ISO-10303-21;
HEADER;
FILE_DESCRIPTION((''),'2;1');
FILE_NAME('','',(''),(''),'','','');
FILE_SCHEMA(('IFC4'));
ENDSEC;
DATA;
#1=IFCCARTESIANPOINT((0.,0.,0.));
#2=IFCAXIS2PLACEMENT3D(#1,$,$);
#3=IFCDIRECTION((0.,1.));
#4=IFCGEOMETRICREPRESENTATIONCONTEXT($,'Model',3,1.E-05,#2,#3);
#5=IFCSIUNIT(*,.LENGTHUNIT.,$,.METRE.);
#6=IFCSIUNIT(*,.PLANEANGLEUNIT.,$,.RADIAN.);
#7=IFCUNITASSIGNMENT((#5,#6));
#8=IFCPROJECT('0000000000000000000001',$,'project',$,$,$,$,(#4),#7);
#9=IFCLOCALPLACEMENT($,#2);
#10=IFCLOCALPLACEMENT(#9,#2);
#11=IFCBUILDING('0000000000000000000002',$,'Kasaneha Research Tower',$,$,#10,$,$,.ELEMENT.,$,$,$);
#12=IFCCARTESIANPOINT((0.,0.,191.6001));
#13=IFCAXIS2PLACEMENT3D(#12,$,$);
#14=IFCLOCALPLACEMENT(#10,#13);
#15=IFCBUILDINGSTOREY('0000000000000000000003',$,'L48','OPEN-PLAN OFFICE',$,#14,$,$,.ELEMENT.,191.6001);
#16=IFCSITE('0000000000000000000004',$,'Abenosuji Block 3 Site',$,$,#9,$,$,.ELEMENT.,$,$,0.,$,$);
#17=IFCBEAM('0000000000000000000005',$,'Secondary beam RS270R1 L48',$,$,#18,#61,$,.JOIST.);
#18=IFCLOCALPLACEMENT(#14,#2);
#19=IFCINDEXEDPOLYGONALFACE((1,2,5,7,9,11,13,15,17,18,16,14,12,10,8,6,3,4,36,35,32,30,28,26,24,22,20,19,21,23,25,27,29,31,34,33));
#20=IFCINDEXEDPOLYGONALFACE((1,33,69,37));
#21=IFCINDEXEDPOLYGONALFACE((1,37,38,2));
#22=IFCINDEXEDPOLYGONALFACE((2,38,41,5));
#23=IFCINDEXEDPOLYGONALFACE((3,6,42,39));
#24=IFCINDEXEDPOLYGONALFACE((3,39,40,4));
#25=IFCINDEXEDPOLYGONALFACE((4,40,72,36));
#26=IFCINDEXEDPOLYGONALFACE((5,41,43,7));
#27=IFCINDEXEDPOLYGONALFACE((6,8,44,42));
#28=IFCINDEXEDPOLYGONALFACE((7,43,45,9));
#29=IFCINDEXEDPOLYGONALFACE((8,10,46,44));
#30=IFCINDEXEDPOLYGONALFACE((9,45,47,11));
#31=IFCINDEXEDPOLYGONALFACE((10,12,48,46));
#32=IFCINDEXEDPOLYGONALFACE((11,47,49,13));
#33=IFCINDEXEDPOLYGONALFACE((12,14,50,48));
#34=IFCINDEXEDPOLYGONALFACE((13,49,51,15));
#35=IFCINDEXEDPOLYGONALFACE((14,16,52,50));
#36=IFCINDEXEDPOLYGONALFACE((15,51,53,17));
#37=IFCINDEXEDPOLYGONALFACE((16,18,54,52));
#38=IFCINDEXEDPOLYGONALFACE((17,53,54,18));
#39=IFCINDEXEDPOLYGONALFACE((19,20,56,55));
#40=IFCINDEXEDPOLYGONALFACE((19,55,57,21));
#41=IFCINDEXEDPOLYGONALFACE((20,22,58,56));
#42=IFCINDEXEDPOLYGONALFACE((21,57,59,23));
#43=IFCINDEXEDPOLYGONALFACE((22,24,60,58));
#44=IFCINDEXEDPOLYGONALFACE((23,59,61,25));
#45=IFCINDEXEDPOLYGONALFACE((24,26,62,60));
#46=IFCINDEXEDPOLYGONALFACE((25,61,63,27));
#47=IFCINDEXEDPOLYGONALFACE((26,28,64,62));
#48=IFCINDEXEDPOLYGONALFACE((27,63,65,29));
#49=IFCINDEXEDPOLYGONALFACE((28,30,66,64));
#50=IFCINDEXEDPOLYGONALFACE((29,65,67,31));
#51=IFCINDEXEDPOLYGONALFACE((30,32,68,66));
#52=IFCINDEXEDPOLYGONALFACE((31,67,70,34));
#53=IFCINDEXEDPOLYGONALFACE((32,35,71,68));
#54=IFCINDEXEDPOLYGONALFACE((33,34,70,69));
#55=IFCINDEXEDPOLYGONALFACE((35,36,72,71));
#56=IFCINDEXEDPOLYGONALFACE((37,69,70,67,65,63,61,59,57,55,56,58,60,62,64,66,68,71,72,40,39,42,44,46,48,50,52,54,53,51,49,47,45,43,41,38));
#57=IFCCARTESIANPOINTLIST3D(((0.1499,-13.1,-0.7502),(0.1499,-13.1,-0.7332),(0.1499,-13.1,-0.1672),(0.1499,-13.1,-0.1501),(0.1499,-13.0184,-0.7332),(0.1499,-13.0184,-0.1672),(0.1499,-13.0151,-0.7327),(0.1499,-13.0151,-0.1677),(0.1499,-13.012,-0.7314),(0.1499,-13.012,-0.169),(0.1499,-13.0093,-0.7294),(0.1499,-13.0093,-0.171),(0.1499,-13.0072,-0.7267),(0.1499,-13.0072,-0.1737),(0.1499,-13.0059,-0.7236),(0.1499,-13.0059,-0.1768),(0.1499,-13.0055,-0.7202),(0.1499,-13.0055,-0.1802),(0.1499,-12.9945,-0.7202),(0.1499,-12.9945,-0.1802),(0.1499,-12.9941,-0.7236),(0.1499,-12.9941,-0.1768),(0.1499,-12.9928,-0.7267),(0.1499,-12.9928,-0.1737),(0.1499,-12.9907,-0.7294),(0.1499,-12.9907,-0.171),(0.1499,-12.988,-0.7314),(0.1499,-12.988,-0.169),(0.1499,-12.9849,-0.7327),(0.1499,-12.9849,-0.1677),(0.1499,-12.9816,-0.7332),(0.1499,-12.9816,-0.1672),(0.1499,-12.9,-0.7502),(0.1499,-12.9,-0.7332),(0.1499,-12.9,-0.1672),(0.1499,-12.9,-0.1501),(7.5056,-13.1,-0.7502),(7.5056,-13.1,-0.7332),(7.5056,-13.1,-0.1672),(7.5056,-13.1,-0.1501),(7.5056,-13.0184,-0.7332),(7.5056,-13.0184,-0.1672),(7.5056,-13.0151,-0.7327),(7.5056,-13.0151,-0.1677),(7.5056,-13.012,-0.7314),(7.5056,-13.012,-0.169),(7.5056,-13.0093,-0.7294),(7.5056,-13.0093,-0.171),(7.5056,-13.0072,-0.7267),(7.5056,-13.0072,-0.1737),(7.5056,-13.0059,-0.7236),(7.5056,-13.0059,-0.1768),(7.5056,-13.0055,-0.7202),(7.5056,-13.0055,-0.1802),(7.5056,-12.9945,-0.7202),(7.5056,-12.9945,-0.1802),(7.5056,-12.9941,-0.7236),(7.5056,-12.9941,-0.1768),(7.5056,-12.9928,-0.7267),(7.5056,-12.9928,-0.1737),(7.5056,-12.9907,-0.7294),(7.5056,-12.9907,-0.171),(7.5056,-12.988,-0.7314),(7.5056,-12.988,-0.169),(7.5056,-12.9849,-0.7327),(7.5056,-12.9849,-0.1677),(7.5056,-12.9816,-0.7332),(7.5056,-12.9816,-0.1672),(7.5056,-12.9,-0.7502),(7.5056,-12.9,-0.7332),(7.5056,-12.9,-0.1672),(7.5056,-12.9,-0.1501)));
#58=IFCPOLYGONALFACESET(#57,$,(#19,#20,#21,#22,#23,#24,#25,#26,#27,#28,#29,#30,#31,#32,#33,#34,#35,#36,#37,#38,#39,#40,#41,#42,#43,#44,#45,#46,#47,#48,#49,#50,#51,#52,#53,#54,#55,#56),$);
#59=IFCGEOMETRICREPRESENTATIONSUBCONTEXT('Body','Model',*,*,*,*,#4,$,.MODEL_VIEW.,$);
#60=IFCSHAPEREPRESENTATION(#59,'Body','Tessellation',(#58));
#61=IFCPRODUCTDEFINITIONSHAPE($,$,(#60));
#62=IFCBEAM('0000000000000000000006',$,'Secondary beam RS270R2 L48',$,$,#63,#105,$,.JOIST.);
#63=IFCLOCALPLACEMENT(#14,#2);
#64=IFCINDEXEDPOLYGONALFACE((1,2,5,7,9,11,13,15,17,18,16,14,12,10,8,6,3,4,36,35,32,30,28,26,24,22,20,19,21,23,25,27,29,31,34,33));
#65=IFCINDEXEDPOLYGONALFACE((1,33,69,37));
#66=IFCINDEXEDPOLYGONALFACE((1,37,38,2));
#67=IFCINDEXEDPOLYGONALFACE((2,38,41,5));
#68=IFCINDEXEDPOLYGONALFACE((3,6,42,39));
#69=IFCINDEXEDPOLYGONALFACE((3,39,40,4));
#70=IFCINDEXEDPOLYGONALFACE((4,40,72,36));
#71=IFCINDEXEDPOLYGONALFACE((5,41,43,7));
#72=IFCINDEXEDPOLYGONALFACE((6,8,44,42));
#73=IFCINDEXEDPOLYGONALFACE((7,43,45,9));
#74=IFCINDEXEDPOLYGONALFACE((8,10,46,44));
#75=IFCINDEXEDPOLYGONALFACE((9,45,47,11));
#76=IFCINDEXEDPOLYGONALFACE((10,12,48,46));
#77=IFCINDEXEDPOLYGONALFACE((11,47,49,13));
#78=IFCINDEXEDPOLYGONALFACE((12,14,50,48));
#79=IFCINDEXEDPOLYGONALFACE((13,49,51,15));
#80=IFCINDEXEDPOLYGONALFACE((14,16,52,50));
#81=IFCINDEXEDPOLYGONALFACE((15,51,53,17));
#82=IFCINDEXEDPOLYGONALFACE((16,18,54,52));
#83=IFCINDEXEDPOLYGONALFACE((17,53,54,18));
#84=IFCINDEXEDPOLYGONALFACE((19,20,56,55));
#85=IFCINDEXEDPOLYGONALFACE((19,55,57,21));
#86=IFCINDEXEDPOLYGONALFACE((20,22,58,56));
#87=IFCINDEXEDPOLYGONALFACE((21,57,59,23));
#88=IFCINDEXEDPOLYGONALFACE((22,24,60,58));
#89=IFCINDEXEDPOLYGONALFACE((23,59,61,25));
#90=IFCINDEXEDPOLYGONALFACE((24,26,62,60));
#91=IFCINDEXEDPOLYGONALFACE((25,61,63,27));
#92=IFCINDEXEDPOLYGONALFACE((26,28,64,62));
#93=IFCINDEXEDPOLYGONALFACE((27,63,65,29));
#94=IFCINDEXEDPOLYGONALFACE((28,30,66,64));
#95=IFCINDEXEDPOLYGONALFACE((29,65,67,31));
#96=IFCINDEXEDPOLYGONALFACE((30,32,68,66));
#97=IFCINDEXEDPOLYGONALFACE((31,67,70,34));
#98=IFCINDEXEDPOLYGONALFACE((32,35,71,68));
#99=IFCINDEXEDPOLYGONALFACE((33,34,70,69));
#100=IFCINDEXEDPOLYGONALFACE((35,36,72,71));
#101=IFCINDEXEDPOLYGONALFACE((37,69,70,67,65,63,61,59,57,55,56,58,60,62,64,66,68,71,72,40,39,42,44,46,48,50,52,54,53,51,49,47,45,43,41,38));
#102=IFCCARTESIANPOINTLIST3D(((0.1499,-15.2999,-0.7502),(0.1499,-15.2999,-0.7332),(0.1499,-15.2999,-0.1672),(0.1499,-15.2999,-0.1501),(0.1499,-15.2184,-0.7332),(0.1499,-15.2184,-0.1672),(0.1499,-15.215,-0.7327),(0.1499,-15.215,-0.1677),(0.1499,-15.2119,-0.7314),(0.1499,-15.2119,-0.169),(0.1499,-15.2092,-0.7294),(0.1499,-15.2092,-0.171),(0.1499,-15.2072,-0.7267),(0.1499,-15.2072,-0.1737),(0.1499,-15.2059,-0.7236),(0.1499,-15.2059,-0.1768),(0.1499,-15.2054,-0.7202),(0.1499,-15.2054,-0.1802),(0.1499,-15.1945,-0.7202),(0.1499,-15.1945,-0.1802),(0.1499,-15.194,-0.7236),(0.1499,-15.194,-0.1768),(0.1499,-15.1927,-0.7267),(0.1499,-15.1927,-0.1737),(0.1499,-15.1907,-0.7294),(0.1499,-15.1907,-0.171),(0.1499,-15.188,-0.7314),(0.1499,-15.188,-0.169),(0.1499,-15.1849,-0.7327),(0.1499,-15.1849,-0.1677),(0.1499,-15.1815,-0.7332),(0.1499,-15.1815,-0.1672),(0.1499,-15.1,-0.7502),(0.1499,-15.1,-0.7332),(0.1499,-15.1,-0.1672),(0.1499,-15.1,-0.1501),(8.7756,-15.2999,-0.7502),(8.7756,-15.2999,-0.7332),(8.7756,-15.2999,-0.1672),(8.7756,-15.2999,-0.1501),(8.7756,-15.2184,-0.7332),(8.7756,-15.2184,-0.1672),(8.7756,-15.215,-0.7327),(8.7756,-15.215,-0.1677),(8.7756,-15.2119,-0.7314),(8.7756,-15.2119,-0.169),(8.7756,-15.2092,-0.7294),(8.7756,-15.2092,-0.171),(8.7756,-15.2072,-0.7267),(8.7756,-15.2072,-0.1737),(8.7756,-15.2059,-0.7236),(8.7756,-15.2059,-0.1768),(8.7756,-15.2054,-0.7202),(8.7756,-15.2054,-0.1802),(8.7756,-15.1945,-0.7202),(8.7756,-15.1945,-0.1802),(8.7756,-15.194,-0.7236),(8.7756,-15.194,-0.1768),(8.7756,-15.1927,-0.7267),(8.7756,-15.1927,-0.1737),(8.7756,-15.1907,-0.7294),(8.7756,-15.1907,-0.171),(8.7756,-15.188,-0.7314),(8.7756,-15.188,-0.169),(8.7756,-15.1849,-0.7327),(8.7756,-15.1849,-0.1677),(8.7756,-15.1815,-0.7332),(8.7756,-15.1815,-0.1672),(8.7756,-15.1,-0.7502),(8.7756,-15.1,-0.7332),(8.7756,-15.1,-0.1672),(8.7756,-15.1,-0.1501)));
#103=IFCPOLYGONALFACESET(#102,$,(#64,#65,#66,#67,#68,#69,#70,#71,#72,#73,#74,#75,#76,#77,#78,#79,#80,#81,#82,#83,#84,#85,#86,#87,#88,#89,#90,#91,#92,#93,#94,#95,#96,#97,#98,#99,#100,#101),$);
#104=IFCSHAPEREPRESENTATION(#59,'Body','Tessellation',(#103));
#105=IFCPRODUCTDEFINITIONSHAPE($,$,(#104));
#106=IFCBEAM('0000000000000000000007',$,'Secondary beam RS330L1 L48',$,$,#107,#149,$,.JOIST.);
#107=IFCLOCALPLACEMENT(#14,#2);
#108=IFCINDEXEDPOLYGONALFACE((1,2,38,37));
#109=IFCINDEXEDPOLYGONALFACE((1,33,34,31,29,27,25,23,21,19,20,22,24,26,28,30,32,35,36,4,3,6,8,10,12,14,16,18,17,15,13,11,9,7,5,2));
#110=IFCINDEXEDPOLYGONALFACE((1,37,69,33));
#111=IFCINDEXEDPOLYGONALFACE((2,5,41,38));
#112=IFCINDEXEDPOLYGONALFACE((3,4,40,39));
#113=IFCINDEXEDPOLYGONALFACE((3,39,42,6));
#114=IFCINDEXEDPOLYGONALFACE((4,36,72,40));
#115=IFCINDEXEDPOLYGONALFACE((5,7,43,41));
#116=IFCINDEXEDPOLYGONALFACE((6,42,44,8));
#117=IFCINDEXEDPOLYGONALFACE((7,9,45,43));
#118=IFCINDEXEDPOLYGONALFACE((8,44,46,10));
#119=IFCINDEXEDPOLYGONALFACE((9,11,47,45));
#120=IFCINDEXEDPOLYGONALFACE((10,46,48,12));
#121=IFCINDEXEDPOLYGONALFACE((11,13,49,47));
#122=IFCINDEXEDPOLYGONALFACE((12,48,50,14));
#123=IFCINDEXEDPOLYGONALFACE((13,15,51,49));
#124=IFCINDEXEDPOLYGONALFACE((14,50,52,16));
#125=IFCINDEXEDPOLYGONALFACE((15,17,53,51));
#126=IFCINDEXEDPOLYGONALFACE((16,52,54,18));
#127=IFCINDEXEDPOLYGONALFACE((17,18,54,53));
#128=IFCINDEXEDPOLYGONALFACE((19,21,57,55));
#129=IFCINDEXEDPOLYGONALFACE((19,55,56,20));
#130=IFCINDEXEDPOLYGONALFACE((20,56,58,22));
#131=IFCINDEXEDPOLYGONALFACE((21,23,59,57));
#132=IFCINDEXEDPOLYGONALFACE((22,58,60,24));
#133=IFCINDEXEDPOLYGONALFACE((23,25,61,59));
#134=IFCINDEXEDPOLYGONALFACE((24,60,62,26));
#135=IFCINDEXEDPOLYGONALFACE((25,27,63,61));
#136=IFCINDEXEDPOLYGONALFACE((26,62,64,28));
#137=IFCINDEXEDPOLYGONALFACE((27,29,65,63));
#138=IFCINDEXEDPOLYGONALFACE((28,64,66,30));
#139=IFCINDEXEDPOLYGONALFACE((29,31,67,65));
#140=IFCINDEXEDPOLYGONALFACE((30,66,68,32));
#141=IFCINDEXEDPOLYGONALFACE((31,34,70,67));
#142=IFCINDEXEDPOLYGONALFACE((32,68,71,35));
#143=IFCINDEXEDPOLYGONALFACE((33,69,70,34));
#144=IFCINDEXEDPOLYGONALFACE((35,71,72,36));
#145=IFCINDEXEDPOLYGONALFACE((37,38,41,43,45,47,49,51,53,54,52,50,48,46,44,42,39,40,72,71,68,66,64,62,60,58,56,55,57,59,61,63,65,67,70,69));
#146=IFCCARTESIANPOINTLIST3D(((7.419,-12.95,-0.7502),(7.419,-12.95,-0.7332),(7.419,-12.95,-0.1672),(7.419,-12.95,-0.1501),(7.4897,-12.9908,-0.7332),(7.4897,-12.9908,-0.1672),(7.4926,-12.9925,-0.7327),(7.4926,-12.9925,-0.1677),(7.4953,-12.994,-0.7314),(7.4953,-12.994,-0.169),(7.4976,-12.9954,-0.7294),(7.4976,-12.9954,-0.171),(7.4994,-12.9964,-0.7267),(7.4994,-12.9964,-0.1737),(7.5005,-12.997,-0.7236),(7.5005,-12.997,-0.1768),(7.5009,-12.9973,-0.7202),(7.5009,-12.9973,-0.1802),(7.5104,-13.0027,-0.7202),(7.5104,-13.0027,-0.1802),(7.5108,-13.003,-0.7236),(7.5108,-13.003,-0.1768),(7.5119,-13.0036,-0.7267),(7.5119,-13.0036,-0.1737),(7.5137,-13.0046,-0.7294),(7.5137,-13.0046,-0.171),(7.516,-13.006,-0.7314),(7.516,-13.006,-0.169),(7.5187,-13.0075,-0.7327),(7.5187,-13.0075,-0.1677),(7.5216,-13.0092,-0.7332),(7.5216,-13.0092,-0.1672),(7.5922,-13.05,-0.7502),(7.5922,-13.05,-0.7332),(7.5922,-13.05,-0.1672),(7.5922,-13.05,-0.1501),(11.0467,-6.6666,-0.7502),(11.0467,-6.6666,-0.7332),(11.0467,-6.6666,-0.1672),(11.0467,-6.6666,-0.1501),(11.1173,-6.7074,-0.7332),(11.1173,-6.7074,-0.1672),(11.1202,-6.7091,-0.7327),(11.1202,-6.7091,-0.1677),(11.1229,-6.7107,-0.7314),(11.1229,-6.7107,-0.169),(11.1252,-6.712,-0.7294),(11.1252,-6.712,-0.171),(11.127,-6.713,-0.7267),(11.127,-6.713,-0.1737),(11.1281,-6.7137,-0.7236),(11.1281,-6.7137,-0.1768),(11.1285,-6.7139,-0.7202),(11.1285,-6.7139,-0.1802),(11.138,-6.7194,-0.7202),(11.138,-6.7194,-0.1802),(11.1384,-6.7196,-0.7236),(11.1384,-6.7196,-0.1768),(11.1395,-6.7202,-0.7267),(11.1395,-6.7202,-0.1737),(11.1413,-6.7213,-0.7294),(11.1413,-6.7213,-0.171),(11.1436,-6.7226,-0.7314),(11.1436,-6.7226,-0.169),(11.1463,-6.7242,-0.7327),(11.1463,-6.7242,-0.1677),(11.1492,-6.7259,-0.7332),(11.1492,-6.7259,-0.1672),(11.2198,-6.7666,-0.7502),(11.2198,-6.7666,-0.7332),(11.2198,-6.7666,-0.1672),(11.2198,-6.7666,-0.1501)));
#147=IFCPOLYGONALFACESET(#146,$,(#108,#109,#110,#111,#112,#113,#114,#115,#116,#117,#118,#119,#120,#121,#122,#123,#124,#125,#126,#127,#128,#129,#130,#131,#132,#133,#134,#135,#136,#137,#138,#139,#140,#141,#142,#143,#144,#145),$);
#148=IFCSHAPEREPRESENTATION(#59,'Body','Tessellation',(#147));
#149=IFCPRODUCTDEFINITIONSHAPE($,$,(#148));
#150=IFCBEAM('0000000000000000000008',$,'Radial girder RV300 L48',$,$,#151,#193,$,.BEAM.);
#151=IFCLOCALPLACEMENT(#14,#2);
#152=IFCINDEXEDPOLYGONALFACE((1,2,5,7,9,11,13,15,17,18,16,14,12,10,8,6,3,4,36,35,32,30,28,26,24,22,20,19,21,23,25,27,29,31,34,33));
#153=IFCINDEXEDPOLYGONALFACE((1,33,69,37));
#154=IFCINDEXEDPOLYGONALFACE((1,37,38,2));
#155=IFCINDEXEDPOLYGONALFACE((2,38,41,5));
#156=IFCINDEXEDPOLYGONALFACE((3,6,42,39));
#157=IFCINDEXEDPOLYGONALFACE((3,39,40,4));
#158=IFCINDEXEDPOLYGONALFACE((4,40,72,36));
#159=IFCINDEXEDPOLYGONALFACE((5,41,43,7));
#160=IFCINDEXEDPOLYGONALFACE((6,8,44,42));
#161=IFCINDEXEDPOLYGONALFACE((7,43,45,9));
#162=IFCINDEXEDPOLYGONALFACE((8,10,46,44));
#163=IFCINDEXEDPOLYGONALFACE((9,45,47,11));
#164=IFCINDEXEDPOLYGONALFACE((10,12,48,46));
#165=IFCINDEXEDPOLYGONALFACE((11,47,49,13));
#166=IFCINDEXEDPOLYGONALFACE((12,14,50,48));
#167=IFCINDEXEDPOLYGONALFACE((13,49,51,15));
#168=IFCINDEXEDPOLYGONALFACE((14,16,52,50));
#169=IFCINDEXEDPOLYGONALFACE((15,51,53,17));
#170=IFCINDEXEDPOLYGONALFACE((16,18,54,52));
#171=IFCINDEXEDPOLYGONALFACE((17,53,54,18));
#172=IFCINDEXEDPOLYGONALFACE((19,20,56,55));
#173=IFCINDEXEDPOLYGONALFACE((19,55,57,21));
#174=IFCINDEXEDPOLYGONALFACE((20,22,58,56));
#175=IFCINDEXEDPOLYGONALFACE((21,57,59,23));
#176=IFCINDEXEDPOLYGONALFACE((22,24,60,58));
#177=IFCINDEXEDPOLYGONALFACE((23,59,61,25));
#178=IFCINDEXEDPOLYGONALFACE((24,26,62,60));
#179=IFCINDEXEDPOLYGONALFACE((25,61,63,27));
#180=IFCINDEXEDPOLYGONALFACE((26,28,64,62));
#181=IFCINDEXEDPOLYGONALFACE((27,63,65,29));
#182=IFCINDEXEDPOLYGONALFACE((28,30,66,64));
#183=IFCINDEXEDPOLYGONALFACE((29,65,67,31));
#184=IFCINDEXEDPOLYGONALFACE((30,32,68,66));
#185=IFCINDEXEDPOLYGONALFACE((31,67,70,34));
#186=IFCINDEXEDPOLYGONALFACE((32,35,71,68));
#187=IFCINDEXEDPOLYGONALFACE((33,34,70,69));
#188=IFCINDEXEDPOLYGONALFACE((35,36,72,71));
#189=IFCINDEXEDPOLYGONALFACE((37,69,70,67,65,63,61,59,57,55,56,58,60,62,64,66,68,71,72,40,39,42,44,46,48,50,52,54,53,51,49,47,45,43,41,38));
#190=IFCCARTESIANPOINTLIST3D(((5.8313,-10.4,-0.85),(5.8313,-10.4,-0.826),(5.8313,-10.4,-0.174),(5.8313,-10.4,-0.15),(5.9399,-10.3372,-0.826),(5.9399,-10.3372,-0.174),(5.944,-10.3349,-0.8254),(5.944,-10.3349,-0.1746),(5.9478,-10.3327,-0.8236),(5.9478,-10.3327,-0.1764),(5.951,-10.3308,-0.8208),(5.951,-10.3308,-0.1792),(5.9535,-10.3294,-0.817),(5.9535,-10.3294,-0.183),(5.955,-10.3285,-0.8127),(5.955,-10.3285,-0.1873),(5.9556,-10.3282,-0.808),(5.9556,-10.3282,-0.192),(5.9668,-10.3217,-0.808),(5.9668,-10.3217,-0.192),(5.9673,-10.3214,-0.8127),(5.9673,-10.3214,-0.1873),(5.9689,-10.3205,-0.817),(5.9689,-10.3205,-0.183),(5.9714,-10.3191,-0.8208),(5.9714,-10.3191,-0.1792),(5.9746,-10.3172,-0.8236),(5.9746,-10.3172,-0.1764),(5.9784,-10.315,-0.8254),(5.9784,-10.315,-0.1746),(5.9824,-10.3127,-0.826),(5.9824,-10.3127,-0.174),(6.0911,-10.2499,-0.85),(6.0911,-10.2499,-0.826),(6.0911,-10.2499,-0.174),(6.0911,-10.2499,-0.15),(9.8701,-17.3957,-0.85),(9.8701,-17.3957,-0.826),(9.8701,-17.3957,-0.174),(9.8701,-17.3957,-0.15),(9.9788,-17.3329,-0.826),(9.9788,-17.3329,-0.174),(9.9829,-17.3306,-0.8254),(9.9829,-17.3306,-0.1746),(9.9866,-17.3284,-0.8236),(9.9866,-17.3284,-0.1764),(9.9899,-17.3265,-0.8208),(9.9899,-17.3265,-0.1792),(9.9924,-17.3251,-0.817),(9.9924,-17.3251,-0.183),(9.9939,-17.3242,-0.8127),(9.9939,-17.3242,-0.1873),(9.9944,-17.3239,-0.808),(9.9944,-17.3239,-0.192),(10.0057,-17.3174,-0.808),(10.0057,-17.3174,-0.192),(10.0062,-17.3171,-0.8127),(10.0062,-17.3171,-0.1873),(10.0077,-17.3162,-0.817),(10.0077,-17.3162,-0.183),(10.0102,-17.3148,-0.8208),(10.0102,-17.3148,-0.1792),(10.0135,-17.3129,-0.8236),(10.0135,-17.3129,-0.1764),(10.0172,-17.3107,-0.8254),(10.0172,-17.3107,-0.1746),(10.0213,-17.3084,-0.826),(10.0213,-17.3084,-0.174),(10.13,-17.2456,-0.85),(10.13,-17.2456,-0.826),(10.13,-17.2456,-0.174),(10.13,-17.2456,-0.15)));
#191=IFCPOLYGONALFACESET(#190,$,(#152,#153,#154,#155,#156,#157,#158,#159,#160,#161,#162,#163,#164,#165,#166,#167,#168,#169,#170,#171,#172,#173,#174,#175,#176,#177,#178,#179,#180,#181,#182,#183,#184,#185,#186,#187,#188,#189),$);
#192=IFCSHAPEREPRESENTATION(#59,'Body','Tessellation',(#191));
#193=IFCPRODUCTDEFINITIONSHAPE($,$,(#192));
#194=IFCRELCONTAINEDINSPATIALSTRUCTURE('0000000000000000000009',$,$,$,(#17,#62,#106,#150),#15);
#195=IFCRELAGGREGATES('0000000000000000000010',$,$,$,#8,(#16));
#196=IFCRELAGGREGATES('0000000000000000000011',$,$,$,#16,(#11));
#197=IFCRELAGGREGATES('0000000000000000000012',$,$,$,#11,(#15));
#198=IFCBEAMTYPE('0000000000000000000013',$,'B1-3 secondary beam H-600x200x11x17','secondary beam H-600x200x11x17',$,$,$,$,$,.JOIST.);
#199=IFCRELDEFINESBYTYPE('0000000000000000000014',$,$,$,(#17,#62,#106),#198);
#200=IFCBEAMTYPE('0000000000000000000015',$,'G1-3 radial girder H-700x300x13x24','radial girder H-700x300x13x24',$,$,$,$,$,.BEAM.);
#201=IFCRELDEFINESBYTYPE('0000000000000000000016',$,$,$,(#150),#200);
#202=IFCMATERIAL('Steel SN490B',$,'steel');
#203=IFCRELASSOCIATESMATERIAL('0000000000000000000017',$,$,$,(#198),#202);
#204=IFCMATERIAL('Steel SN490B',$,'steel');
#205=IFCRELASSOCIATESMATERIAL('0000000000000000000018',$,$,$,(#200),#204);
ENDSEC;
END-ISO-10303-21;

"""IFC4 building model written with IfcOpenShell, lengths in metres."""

from ifc_helpers import new_model, si_unit, direction, frame, origin, origin_2d, place, context, subcontext, project, spatial, i_section, extrude, material, material_profile, profile_set, type_object, element, save


model = new_model("IFC4")

# Units and contexts
model_context = context("Model", 3, precision=1e-05, world=origin(), true_north=direction((0.0, 1.0)))
body_context = subcontext(model_context, "Body", "Model", "MODEL_VIEW")
ifc_project = project(units=[si_unit("LENGTHUNIT", "METRE"), si_unit("PLANEANGLEUNIT", "RADIAN")], contexts=[model_context])

# Site, building, storey
site_placement = place(None, origin())
site = spatial("IfcSite", under=ifc_project, at=site_placement, Name="Abenosuji Block 3 Site", CompositionType="ELEMENT", RefElevation=0.0)
building_placement = place(site_placement, origin())
building = spatial("IfcBuilding", under=site, at=building_placement, Name="Kasaneha Research Tower", CompositionType="ELEMENT")
storey_placement = place(building_placement, frame((0.0, 0.0, 191.6001)))
storey = spatial("IfcBuildingStorey", under=building, at=storey_placement, Name="L48", Description="OPEN-PLAN OFFICE", CompositionType="ELEMENT", Elevation=191.6001)

# Beams
ifc_material_1 = material(Name="Steel SN490B", Category="steel")
ifc_material_profile_1 = material_profile(ifc_material_1, i_section(OverallWidth=0.2, OverallDepth=0.6001, WebThickness=0.011, FlangeThickness=0.0171, FilletRadius=0.0129, at=origin_2d()), Name="H-600x200x11x17")
ifc_profile_set_1 = profile_set([ifc_material_profile_1], Name="Steel SN490B")
beam_type_1 = type_object("IfcBeamType", Name="B1-3 secondary beam H-600x200x11x17", Description="secondary beam H-600x200x11x17", PredefinedType="JOIST", material=ifc_profile_set_1)
beam_1_placement = place(storey_placement, frame((7.5056, -13.0, -0.4502), z_axis=(-1.0, 0.0, 0.0), x_axis=(0.0, -1.0, 0.0)))
element("IfcBeam", 1, at=beam_1_placement, inside=storey, type_object=beam_type_1, Name="Secondary beam RS270R1 L48", PredefinedType="JOIST", context=body_context, shape_type="SweptSolid", body=[
    extrude(i_section(OverallWidth=0.2, OverallDepth=0.6001, WebThickness=0.011, FlangeThickness=0.0171, FilletRadius=0.0129, at=origin_2d()), origin(), (0.0, 0.0, 1.0), 7.3557),
])
beam_2_placement = place(storey_placement, frame((8.7756, -15.2, -0.4502), z_axis=(-1.0, 0.0, 0.0), x_axis=(0.0, -1.0, 0.0)))
element("IfcBeam", 2, at=beam_2_placement, inside=storey, type_object=beam_type_1, Name="Secondary beam RS270R2 L48", PredefinedType="JOIST", context=body_context, shape_type="SweptSolid", body=[
    extrude(i_section(OverallWidth=0.2, OverallDepth=0.6001, WebThickness=0.011, FlangeThickness=0.0171, FilletRadius=0.0129, at=origin_2d()), origin(), (0.0, 0.0, 1.0), 8.6257),
])
beam_3_placement = place(storey_placement, frame((7.5056, -13.0, -0.4502), z_axis=(0.499993, 0.866029, 0.0), x_axis=(-0.866029, 0.499993, 0.0)))
element("IfcBeam", 3, at=beam_3_placement, inside=storey, type_object=beam_type_1, Name="Secondary beam RS330L1 L48", PredefinedType="JOIST", context=body_context, shape_type="SweptSolid", body=[
    extrude(i_section(OverallWidth=0.2, OverallDepth=0.6001, WebThickness=0.011, FlangeThickness=0.0171, FilletRadius=0.0129, at=origin_2d()), origin(), (0.0, 0.0, 1.0), 7.2554),
])
ifc_material_2 = material(Name="Steel SN490B", Category="steel")
ifc_material_profile_2 = material_profile(ifc_material_2, i_section(OverallWidth=0.3, OverallDepth=0.7, WebThickness=0.0129, FlangeThickness=0.0239, FilletRadius=0.0181, at=origin_2d()), Name="H-700x300x13x24")
ifc_profile_set_2 = profile_set([ifc_material_profile_2], Name="Steel SN490B")
beam_type_2 = type_object("IfcBeamType", Name="G1-3 radial girder H-700x300x13x24", Description="radial girder H-700x300x13x24", PredefinedType="BEAM", material=ifc_profile_set_2)
beam_4_placement = place(storey_placement, frame((5.9612, -10.325, -0.5), z_axis=(0.499991, -0.866031, 0.0), x_axis=(0.866031, 0.499991, 0.0)))
element("IfcBeam", 4, at=beam_4_placement, inside=storey, type_object=beam_type_2, Name="Radial girder RV300 L48", PredefinedType="BEAM", context=body_context, shape_type="SweptSolid", body=[
    extrude(i_section(OverallWidth=0.3, OverallDepth=0.7, WebThickness=0.0129, FlangeThickness=0.0239, FilletRadius=0.0181, at=origin_2d()), origin(), (0.0, 0.0, 1.0), 8.0779),
])

save(model, "model.ifc")
